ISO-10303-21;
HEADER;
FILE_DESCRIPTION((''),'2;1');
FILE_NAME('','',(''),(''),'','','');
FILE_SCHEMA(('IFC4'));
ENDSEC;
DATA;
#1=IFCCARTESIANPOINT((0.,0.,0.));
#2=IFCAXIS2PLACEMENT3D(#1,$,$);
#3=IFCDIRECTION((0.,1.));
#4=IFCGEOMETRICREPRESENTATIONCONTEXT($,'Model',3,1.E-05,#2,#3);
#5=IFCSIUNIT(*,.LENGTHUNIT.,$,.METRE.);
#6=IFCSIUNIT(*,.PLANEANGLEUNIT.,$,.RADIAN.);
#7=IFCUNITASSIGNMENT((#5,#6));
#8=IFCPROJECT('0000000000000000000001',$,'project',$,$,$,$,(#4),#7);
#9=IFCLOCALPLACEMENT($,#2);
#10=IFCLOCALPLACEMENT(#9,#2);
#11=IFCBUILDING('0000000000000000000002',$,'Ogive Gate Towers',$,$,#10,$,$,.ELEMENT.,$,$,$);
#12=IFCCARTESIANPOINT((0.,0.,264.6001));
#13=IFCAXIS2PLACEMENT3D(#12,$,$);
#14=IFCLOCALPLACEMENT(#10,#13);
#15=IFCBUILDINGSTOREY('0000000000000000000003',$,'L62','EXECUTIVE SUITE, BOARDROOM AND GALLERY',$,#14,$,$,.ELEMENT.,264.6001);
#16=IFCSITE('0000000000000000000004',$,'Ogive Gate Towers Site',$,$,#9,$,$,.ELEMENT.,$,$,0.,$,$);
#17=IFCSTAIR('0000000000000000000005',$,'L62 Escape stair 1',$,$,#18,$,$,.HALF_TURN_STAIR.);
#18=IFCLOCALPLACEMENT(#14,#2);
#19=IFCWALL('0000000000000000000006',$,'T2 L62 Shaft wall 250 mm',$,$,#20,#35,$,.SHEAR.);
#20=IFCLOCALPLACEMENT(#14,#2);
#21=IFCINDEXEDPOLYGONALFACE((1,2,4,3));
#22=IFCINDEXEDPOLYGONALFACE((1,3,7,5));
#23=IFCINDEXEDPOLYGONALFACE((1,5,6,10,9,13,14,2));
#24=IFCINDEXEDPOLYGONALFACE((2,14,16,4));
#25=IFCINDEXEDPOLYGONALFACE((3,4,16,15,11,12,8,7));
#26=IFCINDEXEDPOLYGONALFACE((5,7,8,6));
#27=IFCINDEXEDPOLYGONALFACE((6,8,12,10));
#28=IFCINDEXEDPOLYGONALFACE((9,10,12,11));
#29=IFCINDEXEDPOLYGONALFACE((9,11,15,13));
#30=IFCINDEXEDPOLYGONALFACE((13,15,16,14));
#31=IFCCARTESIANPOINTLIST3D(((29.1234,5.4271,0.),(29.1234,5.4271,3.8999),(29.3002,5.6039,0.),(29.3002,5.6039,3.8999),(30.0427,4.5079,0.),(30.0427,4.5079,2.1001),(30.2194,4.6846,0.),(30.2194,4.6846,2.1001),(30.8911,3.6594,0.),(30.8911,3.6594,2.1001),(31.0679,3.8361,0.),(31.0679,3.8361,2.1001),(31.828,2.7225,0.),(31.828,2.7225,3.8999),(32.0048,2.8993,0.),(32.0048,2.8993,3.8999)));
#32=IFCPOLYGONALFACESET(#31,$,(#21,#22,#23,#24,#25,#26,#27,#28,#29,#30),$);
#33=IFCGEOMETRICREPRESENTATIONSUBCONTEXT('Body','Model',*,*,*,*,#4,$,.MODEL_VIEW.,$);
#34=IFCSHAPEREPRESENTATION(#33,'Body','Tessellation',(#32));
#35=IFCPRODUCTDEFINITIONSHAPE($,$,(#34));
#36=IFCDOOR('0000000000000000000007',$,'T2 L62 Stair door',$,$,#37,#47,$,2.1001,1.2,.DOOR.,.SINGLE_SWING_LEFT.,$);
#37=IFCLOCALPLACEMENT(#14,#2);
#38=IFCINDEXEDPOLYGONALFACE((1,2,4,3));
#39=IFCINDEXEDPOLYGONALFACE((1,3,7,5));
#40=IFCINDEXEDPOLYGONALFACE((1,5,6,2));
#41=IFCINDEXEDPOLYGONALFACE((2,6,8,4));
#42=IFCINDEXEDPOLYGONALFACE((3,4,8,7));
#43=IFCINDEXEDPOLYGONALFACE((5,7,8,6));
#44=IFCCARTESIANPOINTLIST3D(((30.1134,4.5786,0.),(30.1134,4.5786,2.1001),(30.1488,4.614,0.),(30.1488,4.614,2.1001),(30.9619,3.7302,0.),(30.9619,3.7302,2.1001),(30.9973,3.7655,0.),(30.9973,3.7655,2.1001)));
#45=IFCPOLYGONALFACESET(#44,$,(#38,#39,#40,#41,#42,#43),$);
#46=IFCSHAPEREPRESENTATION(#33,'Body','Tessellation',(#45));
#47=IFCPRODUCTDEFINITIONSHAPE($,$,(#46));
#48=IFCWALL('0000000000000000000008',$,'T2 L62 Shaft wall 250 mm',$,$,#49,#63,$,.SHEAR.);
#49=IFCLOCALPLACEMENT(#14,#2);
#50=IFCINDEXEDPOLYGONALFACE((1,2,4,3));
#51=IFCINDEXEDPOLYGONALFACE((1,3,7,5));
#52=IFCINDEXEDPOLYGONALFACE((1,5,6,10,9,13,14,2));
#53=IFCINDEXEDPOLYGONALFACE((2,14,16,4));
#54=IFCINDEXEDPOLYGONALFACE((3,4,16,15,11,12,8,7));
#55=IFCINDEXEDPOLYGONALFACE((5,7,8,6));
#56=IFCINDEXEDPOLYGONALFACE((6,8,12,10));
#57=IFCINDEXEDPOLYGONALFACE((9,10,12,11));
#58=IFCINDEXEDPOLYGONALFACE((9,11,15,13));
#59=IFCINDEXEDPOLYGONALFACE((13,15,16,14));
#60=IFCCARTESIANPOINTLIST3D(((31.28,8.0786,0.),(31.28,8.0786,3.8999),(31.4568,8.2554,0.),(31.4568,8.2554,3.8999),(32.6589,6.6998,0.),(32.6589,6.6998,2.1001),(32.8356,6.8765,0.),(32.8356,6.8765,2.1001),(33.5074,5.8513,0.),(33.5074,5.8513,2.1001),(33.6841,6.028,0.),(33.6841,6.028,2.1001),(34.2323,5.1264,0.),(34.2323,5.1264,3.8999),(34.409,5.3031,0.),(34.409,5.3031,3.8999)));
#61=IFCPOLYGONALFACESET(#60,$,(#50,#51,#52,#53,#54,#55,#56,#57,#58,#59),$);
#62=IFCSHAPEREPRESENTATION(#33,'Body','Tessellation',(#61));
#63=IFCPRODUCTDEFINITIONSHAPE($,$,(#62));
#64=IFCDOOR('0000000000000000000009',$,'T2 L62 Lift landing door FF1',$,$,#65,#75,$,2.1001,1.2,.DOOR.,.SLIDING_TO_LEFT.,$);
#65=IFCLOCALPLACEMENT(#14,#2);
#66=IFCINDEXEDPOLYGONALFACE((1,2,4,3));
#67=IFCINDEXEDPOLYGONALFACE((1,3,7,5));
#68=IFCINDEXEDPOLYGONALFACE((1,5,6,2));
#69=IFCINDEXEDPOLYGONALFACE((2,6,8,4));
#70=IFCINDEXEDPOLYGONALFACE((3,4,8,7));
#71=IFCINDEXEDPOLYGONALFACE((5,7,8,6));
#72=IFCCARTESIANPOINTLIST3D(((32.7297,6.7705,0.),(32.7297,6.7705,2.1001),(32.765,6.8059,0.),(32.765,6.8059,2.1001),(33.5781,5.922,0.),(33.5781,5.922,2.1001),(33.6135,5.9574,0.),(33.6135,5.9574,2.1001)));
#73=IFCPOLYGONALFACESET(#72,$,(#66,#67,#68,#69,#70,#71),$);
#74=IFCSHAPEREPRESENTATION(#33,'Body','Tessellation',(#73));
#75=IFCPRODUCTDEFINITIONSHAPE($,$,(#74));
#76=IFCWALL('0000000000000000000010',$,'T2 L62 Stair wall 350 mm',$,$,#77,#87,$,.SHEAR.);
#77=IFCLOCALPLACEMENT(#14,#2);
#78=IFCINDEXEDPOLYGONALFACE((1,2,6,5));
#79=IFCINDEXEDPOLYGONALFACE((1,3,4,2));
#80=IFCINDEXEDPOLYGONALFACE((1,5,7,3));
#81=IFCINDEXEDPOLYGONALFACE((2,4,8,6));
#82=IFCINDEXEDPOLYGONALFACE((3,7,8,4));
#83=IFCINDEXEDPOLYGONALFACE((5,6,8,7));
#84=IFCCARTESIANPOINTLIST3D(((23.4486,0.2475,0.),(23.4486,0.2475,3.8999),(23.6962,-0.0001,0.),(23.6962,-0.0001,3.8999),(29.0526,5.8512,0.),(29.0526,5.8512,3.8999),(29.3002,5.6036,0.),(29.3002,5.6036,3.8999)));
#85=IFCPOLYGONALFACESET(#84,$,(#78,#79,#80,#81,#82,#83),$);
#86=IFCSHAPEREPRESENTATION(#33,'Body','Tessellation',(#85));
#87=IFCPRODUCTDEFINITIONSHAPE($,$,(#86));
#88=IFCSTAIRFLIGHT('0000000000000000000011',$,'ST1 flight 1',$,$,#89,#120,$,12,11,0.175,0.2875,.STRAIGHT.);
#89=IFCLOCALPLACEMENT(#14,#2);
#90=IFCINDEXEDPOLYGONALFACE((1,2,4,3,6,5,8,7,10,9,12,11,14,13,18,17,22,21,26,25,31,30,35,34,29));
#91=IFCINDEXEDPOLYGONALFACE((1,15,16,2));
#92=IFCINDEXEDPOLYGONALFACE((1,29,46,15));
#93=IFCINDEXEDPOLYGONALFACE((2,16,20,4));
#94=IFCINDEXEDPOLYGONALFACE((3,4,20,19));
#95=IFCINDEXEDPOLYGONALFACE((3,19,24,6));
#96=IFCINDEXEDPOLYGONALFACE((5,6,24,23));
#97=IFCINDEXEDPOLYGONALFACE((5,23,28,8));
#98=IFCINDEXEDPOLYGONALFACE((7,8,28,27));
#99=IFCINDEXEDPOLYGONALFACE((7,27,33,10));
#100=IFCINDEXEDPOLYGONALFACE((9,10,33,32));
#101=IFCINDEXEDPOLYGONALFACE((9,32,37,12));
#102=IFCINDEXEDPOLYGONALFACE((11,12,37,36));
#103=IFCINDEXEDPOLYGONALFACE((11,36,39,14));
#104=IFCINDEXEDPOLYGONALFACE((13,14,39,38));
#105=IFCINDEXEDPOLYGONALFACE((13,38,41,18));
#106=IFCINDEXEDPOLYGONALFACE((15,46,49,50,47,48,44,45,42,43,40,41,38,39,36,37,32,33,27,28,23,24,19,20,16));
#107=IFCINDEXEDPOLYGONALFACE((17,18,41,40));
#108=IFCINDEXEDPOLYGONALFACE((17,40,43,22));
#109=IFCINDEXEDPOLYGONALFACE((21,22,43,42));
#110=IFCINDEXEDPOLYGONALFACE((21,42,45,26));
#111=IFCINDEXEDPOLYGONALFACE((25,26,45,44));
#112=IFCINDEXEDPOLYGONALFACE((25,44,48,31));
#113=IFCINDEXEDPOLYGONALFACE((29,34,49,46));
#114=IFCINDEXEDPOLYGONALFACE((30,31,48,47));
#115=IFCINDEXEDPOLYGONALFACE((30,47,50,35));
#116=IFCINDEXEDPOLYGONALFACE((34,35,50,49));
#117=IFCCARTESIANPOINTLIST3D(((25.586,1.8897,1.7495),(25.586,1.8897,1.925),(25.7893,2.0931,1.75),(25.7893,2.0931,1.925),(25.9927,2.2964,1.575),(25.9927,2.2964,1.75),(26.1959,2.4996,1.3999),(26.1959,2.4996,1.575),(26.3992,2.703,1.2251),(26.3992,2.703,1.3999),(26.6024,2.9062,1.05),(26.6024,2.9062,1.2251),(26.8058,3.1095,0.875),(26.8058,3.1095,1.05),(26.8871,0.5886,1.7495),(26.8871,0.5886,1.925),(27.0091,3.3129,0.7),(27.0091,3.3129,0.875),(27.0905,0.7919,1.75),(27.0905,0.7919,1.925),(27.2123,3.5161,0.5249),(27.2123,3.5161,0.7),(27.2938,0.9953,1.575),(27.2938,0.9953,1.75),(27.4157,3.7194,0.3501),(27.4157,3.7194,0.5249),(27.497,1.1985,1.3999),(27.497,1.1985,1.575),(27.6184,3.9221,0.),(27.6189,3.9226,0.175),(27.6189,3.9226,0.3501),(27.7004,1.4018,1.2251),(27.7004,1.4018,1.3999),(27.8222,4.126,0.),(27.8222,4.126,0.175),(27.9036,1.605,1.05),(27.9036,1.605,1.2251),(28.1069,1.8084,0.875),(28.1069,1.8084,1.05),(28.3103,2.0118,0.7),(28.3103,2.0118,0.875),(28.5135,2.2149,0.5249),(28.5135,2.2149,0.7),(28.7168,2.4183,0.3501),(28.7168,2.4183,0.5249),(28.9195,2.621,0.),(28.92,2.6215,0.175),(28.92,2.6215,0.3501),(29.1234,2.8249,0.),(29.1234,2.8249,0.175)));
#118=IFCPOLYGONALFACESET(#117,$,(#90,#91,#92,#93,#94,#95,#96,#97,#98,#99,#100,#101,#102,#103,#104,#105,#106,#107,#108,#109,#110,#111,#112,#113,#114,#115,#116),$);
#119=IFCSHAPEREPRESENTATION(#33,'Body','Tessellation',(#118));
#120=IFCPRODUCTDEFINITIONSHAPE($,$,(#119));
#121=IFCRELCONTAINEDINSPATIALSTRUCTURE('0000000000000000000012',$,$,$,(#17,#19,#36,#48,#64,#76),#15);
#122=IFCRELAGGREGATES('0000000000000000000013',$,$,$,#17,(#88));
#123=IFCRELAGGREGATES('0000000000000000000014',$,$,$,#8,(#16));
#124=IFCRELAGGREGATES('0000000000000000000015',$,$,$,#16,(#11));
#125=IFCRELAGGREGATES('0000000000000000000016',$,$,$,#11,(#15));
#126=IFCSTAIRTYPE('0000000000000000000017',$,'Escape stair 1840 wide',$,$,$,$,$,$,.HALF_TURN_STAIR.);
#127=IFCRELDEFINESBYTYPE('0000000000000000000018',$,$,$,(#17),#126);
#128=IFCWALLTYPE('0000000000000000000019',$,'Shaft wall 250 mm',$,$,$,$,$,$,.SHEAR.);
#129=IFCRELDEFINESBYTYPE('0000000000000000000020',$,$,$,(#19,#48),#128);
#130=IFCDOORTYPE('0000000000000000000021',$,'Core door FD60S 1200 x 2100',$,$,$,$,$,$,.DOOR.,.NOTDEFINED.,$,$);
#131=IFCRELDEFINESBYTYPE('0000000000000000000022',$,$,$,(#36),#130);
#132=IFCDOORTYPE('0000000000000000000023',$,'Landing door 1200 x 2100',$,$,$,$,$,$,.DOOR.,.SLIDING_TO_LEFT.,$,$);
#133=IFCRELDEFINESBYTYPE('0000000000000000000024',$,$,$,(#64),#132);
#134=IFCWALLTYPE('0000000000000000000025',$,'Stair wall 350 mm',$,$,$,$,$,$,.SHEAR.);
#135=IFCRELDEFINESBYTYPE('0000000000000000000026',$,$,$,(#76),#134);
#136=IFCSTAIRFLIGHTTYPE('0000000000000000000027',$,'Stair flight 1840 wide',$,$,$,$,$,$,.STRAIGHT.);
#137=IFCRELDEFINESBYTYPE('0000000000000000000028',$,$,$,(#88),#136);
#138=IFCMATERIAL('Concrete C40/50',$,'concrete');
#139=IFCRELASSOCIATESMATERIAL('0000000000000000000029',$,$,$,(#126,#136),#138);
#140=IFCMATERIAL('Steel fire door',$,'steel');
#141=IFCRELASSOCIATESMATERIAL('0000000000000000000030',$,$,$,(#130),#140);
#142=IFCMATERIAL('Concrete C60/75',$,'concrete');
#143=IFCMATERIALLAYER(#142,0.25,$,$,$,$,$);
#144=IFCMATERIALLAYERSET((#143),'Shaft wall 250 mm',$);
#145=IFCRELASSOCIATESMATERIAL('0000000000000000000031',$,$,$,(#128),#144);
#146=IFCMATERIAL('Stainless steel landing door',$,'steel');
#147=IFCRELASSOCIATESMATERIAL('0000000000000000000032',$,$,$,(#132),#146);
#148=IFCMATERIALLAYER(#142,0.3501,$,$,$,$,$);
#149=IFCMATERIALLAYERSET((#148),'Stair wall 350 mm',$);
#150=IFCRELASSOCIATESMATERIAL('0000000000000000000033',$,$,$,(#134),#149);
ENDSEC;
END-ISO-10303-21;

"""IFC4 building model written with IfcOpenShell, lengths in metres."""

from ifc_helpers import new_model, si_unit, direction, frame, frame_2d, origin, place, context, subcontext, project, spatial, polyline, rectangle, outline, extrude, material, layer, layer_set, type_object, element, fill, aggregate, save


model = new_model("IFC4")

# Units and contexts
model_context = context("Model", 3, precision=1e-05, world=origin(), true_north=direction((0.0, 1.0)))
body_context = subcontext(model_context, "Body", "Model", "MODEL_VIEW")
ifc_project = project(units=[si_unit("LENGTHUNIT", "METRE"), si_unit("PLANEANGLEUNIT", "RADIAN")], contexts=[model_context])

# Site, building, storey
site_placement = place(None, origin())
site = spatial("IfcSite", under=ifc_project, at=site_placement, Name="Ogive Gate Towers Site", CompositionType="ELEMENT", RefElevation=0.0)
building_placement = place(site_placement, origin())
building = spatial("IfcBuilding", under=site, at=building_placement, Name="Ogive Gate Towers", CompositionType="ELEMENT")
storey_placement = place(building_placement, frame((0.0, 0.0, 264.6001)))
storey = spatial("IfcBuildingStorey", under=building, at=storey_placement, Name="L62", Description="EXECUTIVE SUITE, BOARDROOM AND GALLERY", CompositionType="ELEMENT", Elevation=264.6001)

# Shared definitions
ifc_material_1 = material(Name="Concrete C40/50", Category="concrete")

# Stair
stair_type = type_object("IfcStairType", Name="Escape stair 1840 wide", PredefinedType="HALF_TURN_STAIR", material=ifc_material_1)
stair_1_placement = place(storey_placement, origin())
stair_1 = element("IfcStair", 1, at=stair_1_placement, inside=storey, type_object=stair_type, Name="L62 Escape stair 1", PredefinedType="HALF_TURN_STAIR")

# Shared definitions
ifc_material_2 = material(Name="Concrete C60/75", Category="concrete")
ifc_material_3 = material(Name="Steel fire door", Category="steel")
door_type_1 = type_object("IfcDoorType", Name="Core door FD60S 1200 x 2100", OperationType="NOTDEFINED", PredefinedType="DOOR", material=ifc_material_3)

# Shared definitions
ifc_layer_1 = layer(ifc_material_2, 0.25)
ifc_layer_set_1 = layer_set([ifc_layer_1], Name="Shaft wall 250 mm")
wall_type_1 = type_object("IfcWallType", Name="Shaft wall 250 mm", PredefinedType="SHEAR", material=ifc_layer_set_1)

# Walls, openings, doors
wall_1_placement = place(storey_placement, frame((31.9165, 2.8108, 0.0), z_axis=(0.0, 0.0, 1.0), x_axis=(-0.707107, 0.707107, 0.0)))
wall_1 = element("IfcWall", 2, at=wall_1_placement, inside=storey, type_object=wall_type_1, Name="T2 L62 Shaft wall 250 mm", PredefinedType="SHEAR", context=body_context, shape_type="SweptSolid", body=[
    extrude(rectangle(XDim=3.825, YDim=0.25, at=frame_2d((1.9126, 0.0))), origin(), (0.0, 0.0, 1.0), 3.8999),
])
opening_1_placement = place(wall_1_placement, frame((1.325, 0.0, 0.0)))
opening_1 = element("IfcOpeningElement", 3, at=opening_1_placement, cuts=wall_1, PredefinedType="OPENING", context=body_context, shape_type="SweptSolid", body=[
    extrude(rectangle(XDim=1.2, YDim=2.1001, at=frame_2d((0.6001, 1.05))), frame((0.0, 0.135, 0.0), z_axis=(0.0, -1.0, 0.0), x_axis=(1.0, 0.0, 0.0)), (0.0, 0.0, 1.0), 0.27),
])
door_1_placement = place(opening_1_placement, origin())
door_1 = element("IfcDoor", 4, at=door_1_placement, inside=storey, type_object=door_type_1, Name="T2 L62 Stair door", OperationType="SINGLE_SWING_LEFT", OverallHeight=2.1001, OverallWidth=1.2, PredefinedType="DOOR", context=body_context, shape_type="SweptSolid", body=[
    extrude(rectangle(XDim=1.2, YDim=2.1001, at=frame_2d((0.6001, 1.05))), frame((0.0, 0.0249, 0.0), z_axis=(0.0, -1.0, 0.0), x_axis=(1.0, 0.0, 0.0)), (0.0, 0.0, 1.0), 0.05),
])
fill(opening_1, door_1)
wall_2_placement = place(storey_placement, frame((34.3206, 5.2148, 0.0), z_axis=(0.0, 0.0, 1.0), x_axis=(-0.707107, 0.707107, 0.0)))
wall_2 = element("IfcWall", 5, at=wall_2_placement, inside=storey, type_object=wall_type_1, Name="T2 L62 Shaft wall 250 mm", PredefinedType="SHEAR", context=body_context, shape_type="SweptSolid", body=[
    extrude(rectangle(XDim=4.175, YDim=0.25, at=frame_2d((2.0874, 0.0))), origin(), (0.0, 0.0, 1.0), 3.8999),
])
opening_2_placement = place(wall_2_placement, frame((1.0249, 0.0, 0.0)))
opening_2 = element("IfcOpeningElement", 6, at=opening_2_placement, cuts=wall_2, PredefinedType="OPENING", context=body_context, shape_type="SweptSolid", body=[
    extrude(rectangle(XDim=1.2, YDim=2.1001, at=frame_2d((0.6001, 1.05))), frame((0.0, 0.135, 0.0), z_axis=(0.0, -1.0, 0.0), x_axis=(1.0, 0.0, 0.0)), (0.0, 0.0, 1.0), 0.27),
])
ifc_material_4 = material(Name="Stainless steel landing door", Category="steel")
door_type_2 = type_object("IfcDoorType", Name="Landing door 1200 x 2100", OperationType="SLIDING_TO_LEFT", PredefinedType="DOOR", material=ifc_material_4)
door_2_placement = place(opening_2_placement, origin())
door_2 = element("IfcDoor", 7, at=door_2_placement, inside=storey, type_object=door_type_2, Name="T2 L62 Lift landing door FF1", OperationType="SLIDING_TO_LEFT", OverallHeight=2.1001, OverallWidth=1.2, PredefinedType="DOOR", context=body_context, shape_type="SweptSolid", body=[
    extrude(rectangle(XDim=1.2, YDim=2.1001, at=frame_2d((0.6001, 1.05))), frame((0.0, 0.0249, 0.0), z_axis=(0.0, -1.0, 0.0), x_axis=(1.0, 0.0, 0.0)), (0.0, 0.0, 1.0), 0.05),
])
fill(opening_2, door_2)

# Wall
ifc_layer_2 = layer(ifc_material_2, 0.3501)
ifc_layer_set_2 = layer_set([ifc_layer_2], Name="Stair wall 350 mm")
wall_type_2 = type_object("IfcWallType", Name="Stair wall 350 mm", PredefinedType="SHEAR", material=ifc_layer_set_2)
wall_3_placement = place(storey_placement, frame((23.5725, 0.1238, 0.0), z_axis=(0.0, 0.0, 1.0), x_axis=(0.707122, 0.707091, 0.0)))
element("IfcWall", 8, at=wall_3_placement, inside=storey, type_object=wall_type_2, Name="T2 L62 Stair wall 350 mm", PredefinedType="SHEAR", context=body_context, shape_type="SweptSolid", body=[
    extrude(rectangle(XDim=7.925, YDim=0.3501, at=frame_2d((3.9624, 0.0))), origin(), (0.0, 0.0, 1.0), 3.8999),
])

# Stair flight
stair_flight_type = type_object("IfcStairFlightType", Name="Stair flight 1840 wide", PredefinedType="STRAIGHT", material=ifc_material_1)
stair_flight_placement = place(storey_placement, frame((28.4729, 3.4753, 0.0), z_axis=(0.0, 0.0, 1.0), x_axis=(-0.707107, -0.707107, 0.0)))
stair_flight = element("IfcStairFlight", 9, at=stair_flight_placement, type_object=stair_flight_type, Name="ST1 flight 1", NumberOfRisers=12, NumberOfTreads=11, PredefinedType="STRAIGHT", RiserHeight=0.175, TreadLength=0.2875, context=body_context, shape_type="SweptSolid", body=[
    extrude(outline(polyline([(0.0, 0.0), (0.0, 0.175), (0.2876, 0.175), (0.2876, 0.3501), (0.575, 0.3501), (0.575, 0.5249), (0.8625, 0.5249), (0.8625, 0.7), (1.1499, 0.7), (1.1499, 0.875), (1.4375, 0.875), (1.4375, 1.05), (1.7251, 1.05), (1.7251, 1.2251), (2.0125, 1.2251), (2.0125, 1.3999), (2.3, 1.3999), (2.3, 1.575), (2.5874, 1.575), (2.5874, 1.75), (2.875, 1.75), (2.875, 1.925), (3.1626, 1.925), (3.1626, 2.1001), (3.1626, 1.7495), (0.2883, 0.0), (0.0, 0.0)])), frame((0.0, 0.9199, 0.0), z_axis=(0.0, -1.0, 0.0), x_axis=(1.0, 0.0, 0.0)), (0.0, 0.0, 1.0), 1.8401),
])
aggregate(stair_1, [stair_flight])

save(model, "model.ifc")
